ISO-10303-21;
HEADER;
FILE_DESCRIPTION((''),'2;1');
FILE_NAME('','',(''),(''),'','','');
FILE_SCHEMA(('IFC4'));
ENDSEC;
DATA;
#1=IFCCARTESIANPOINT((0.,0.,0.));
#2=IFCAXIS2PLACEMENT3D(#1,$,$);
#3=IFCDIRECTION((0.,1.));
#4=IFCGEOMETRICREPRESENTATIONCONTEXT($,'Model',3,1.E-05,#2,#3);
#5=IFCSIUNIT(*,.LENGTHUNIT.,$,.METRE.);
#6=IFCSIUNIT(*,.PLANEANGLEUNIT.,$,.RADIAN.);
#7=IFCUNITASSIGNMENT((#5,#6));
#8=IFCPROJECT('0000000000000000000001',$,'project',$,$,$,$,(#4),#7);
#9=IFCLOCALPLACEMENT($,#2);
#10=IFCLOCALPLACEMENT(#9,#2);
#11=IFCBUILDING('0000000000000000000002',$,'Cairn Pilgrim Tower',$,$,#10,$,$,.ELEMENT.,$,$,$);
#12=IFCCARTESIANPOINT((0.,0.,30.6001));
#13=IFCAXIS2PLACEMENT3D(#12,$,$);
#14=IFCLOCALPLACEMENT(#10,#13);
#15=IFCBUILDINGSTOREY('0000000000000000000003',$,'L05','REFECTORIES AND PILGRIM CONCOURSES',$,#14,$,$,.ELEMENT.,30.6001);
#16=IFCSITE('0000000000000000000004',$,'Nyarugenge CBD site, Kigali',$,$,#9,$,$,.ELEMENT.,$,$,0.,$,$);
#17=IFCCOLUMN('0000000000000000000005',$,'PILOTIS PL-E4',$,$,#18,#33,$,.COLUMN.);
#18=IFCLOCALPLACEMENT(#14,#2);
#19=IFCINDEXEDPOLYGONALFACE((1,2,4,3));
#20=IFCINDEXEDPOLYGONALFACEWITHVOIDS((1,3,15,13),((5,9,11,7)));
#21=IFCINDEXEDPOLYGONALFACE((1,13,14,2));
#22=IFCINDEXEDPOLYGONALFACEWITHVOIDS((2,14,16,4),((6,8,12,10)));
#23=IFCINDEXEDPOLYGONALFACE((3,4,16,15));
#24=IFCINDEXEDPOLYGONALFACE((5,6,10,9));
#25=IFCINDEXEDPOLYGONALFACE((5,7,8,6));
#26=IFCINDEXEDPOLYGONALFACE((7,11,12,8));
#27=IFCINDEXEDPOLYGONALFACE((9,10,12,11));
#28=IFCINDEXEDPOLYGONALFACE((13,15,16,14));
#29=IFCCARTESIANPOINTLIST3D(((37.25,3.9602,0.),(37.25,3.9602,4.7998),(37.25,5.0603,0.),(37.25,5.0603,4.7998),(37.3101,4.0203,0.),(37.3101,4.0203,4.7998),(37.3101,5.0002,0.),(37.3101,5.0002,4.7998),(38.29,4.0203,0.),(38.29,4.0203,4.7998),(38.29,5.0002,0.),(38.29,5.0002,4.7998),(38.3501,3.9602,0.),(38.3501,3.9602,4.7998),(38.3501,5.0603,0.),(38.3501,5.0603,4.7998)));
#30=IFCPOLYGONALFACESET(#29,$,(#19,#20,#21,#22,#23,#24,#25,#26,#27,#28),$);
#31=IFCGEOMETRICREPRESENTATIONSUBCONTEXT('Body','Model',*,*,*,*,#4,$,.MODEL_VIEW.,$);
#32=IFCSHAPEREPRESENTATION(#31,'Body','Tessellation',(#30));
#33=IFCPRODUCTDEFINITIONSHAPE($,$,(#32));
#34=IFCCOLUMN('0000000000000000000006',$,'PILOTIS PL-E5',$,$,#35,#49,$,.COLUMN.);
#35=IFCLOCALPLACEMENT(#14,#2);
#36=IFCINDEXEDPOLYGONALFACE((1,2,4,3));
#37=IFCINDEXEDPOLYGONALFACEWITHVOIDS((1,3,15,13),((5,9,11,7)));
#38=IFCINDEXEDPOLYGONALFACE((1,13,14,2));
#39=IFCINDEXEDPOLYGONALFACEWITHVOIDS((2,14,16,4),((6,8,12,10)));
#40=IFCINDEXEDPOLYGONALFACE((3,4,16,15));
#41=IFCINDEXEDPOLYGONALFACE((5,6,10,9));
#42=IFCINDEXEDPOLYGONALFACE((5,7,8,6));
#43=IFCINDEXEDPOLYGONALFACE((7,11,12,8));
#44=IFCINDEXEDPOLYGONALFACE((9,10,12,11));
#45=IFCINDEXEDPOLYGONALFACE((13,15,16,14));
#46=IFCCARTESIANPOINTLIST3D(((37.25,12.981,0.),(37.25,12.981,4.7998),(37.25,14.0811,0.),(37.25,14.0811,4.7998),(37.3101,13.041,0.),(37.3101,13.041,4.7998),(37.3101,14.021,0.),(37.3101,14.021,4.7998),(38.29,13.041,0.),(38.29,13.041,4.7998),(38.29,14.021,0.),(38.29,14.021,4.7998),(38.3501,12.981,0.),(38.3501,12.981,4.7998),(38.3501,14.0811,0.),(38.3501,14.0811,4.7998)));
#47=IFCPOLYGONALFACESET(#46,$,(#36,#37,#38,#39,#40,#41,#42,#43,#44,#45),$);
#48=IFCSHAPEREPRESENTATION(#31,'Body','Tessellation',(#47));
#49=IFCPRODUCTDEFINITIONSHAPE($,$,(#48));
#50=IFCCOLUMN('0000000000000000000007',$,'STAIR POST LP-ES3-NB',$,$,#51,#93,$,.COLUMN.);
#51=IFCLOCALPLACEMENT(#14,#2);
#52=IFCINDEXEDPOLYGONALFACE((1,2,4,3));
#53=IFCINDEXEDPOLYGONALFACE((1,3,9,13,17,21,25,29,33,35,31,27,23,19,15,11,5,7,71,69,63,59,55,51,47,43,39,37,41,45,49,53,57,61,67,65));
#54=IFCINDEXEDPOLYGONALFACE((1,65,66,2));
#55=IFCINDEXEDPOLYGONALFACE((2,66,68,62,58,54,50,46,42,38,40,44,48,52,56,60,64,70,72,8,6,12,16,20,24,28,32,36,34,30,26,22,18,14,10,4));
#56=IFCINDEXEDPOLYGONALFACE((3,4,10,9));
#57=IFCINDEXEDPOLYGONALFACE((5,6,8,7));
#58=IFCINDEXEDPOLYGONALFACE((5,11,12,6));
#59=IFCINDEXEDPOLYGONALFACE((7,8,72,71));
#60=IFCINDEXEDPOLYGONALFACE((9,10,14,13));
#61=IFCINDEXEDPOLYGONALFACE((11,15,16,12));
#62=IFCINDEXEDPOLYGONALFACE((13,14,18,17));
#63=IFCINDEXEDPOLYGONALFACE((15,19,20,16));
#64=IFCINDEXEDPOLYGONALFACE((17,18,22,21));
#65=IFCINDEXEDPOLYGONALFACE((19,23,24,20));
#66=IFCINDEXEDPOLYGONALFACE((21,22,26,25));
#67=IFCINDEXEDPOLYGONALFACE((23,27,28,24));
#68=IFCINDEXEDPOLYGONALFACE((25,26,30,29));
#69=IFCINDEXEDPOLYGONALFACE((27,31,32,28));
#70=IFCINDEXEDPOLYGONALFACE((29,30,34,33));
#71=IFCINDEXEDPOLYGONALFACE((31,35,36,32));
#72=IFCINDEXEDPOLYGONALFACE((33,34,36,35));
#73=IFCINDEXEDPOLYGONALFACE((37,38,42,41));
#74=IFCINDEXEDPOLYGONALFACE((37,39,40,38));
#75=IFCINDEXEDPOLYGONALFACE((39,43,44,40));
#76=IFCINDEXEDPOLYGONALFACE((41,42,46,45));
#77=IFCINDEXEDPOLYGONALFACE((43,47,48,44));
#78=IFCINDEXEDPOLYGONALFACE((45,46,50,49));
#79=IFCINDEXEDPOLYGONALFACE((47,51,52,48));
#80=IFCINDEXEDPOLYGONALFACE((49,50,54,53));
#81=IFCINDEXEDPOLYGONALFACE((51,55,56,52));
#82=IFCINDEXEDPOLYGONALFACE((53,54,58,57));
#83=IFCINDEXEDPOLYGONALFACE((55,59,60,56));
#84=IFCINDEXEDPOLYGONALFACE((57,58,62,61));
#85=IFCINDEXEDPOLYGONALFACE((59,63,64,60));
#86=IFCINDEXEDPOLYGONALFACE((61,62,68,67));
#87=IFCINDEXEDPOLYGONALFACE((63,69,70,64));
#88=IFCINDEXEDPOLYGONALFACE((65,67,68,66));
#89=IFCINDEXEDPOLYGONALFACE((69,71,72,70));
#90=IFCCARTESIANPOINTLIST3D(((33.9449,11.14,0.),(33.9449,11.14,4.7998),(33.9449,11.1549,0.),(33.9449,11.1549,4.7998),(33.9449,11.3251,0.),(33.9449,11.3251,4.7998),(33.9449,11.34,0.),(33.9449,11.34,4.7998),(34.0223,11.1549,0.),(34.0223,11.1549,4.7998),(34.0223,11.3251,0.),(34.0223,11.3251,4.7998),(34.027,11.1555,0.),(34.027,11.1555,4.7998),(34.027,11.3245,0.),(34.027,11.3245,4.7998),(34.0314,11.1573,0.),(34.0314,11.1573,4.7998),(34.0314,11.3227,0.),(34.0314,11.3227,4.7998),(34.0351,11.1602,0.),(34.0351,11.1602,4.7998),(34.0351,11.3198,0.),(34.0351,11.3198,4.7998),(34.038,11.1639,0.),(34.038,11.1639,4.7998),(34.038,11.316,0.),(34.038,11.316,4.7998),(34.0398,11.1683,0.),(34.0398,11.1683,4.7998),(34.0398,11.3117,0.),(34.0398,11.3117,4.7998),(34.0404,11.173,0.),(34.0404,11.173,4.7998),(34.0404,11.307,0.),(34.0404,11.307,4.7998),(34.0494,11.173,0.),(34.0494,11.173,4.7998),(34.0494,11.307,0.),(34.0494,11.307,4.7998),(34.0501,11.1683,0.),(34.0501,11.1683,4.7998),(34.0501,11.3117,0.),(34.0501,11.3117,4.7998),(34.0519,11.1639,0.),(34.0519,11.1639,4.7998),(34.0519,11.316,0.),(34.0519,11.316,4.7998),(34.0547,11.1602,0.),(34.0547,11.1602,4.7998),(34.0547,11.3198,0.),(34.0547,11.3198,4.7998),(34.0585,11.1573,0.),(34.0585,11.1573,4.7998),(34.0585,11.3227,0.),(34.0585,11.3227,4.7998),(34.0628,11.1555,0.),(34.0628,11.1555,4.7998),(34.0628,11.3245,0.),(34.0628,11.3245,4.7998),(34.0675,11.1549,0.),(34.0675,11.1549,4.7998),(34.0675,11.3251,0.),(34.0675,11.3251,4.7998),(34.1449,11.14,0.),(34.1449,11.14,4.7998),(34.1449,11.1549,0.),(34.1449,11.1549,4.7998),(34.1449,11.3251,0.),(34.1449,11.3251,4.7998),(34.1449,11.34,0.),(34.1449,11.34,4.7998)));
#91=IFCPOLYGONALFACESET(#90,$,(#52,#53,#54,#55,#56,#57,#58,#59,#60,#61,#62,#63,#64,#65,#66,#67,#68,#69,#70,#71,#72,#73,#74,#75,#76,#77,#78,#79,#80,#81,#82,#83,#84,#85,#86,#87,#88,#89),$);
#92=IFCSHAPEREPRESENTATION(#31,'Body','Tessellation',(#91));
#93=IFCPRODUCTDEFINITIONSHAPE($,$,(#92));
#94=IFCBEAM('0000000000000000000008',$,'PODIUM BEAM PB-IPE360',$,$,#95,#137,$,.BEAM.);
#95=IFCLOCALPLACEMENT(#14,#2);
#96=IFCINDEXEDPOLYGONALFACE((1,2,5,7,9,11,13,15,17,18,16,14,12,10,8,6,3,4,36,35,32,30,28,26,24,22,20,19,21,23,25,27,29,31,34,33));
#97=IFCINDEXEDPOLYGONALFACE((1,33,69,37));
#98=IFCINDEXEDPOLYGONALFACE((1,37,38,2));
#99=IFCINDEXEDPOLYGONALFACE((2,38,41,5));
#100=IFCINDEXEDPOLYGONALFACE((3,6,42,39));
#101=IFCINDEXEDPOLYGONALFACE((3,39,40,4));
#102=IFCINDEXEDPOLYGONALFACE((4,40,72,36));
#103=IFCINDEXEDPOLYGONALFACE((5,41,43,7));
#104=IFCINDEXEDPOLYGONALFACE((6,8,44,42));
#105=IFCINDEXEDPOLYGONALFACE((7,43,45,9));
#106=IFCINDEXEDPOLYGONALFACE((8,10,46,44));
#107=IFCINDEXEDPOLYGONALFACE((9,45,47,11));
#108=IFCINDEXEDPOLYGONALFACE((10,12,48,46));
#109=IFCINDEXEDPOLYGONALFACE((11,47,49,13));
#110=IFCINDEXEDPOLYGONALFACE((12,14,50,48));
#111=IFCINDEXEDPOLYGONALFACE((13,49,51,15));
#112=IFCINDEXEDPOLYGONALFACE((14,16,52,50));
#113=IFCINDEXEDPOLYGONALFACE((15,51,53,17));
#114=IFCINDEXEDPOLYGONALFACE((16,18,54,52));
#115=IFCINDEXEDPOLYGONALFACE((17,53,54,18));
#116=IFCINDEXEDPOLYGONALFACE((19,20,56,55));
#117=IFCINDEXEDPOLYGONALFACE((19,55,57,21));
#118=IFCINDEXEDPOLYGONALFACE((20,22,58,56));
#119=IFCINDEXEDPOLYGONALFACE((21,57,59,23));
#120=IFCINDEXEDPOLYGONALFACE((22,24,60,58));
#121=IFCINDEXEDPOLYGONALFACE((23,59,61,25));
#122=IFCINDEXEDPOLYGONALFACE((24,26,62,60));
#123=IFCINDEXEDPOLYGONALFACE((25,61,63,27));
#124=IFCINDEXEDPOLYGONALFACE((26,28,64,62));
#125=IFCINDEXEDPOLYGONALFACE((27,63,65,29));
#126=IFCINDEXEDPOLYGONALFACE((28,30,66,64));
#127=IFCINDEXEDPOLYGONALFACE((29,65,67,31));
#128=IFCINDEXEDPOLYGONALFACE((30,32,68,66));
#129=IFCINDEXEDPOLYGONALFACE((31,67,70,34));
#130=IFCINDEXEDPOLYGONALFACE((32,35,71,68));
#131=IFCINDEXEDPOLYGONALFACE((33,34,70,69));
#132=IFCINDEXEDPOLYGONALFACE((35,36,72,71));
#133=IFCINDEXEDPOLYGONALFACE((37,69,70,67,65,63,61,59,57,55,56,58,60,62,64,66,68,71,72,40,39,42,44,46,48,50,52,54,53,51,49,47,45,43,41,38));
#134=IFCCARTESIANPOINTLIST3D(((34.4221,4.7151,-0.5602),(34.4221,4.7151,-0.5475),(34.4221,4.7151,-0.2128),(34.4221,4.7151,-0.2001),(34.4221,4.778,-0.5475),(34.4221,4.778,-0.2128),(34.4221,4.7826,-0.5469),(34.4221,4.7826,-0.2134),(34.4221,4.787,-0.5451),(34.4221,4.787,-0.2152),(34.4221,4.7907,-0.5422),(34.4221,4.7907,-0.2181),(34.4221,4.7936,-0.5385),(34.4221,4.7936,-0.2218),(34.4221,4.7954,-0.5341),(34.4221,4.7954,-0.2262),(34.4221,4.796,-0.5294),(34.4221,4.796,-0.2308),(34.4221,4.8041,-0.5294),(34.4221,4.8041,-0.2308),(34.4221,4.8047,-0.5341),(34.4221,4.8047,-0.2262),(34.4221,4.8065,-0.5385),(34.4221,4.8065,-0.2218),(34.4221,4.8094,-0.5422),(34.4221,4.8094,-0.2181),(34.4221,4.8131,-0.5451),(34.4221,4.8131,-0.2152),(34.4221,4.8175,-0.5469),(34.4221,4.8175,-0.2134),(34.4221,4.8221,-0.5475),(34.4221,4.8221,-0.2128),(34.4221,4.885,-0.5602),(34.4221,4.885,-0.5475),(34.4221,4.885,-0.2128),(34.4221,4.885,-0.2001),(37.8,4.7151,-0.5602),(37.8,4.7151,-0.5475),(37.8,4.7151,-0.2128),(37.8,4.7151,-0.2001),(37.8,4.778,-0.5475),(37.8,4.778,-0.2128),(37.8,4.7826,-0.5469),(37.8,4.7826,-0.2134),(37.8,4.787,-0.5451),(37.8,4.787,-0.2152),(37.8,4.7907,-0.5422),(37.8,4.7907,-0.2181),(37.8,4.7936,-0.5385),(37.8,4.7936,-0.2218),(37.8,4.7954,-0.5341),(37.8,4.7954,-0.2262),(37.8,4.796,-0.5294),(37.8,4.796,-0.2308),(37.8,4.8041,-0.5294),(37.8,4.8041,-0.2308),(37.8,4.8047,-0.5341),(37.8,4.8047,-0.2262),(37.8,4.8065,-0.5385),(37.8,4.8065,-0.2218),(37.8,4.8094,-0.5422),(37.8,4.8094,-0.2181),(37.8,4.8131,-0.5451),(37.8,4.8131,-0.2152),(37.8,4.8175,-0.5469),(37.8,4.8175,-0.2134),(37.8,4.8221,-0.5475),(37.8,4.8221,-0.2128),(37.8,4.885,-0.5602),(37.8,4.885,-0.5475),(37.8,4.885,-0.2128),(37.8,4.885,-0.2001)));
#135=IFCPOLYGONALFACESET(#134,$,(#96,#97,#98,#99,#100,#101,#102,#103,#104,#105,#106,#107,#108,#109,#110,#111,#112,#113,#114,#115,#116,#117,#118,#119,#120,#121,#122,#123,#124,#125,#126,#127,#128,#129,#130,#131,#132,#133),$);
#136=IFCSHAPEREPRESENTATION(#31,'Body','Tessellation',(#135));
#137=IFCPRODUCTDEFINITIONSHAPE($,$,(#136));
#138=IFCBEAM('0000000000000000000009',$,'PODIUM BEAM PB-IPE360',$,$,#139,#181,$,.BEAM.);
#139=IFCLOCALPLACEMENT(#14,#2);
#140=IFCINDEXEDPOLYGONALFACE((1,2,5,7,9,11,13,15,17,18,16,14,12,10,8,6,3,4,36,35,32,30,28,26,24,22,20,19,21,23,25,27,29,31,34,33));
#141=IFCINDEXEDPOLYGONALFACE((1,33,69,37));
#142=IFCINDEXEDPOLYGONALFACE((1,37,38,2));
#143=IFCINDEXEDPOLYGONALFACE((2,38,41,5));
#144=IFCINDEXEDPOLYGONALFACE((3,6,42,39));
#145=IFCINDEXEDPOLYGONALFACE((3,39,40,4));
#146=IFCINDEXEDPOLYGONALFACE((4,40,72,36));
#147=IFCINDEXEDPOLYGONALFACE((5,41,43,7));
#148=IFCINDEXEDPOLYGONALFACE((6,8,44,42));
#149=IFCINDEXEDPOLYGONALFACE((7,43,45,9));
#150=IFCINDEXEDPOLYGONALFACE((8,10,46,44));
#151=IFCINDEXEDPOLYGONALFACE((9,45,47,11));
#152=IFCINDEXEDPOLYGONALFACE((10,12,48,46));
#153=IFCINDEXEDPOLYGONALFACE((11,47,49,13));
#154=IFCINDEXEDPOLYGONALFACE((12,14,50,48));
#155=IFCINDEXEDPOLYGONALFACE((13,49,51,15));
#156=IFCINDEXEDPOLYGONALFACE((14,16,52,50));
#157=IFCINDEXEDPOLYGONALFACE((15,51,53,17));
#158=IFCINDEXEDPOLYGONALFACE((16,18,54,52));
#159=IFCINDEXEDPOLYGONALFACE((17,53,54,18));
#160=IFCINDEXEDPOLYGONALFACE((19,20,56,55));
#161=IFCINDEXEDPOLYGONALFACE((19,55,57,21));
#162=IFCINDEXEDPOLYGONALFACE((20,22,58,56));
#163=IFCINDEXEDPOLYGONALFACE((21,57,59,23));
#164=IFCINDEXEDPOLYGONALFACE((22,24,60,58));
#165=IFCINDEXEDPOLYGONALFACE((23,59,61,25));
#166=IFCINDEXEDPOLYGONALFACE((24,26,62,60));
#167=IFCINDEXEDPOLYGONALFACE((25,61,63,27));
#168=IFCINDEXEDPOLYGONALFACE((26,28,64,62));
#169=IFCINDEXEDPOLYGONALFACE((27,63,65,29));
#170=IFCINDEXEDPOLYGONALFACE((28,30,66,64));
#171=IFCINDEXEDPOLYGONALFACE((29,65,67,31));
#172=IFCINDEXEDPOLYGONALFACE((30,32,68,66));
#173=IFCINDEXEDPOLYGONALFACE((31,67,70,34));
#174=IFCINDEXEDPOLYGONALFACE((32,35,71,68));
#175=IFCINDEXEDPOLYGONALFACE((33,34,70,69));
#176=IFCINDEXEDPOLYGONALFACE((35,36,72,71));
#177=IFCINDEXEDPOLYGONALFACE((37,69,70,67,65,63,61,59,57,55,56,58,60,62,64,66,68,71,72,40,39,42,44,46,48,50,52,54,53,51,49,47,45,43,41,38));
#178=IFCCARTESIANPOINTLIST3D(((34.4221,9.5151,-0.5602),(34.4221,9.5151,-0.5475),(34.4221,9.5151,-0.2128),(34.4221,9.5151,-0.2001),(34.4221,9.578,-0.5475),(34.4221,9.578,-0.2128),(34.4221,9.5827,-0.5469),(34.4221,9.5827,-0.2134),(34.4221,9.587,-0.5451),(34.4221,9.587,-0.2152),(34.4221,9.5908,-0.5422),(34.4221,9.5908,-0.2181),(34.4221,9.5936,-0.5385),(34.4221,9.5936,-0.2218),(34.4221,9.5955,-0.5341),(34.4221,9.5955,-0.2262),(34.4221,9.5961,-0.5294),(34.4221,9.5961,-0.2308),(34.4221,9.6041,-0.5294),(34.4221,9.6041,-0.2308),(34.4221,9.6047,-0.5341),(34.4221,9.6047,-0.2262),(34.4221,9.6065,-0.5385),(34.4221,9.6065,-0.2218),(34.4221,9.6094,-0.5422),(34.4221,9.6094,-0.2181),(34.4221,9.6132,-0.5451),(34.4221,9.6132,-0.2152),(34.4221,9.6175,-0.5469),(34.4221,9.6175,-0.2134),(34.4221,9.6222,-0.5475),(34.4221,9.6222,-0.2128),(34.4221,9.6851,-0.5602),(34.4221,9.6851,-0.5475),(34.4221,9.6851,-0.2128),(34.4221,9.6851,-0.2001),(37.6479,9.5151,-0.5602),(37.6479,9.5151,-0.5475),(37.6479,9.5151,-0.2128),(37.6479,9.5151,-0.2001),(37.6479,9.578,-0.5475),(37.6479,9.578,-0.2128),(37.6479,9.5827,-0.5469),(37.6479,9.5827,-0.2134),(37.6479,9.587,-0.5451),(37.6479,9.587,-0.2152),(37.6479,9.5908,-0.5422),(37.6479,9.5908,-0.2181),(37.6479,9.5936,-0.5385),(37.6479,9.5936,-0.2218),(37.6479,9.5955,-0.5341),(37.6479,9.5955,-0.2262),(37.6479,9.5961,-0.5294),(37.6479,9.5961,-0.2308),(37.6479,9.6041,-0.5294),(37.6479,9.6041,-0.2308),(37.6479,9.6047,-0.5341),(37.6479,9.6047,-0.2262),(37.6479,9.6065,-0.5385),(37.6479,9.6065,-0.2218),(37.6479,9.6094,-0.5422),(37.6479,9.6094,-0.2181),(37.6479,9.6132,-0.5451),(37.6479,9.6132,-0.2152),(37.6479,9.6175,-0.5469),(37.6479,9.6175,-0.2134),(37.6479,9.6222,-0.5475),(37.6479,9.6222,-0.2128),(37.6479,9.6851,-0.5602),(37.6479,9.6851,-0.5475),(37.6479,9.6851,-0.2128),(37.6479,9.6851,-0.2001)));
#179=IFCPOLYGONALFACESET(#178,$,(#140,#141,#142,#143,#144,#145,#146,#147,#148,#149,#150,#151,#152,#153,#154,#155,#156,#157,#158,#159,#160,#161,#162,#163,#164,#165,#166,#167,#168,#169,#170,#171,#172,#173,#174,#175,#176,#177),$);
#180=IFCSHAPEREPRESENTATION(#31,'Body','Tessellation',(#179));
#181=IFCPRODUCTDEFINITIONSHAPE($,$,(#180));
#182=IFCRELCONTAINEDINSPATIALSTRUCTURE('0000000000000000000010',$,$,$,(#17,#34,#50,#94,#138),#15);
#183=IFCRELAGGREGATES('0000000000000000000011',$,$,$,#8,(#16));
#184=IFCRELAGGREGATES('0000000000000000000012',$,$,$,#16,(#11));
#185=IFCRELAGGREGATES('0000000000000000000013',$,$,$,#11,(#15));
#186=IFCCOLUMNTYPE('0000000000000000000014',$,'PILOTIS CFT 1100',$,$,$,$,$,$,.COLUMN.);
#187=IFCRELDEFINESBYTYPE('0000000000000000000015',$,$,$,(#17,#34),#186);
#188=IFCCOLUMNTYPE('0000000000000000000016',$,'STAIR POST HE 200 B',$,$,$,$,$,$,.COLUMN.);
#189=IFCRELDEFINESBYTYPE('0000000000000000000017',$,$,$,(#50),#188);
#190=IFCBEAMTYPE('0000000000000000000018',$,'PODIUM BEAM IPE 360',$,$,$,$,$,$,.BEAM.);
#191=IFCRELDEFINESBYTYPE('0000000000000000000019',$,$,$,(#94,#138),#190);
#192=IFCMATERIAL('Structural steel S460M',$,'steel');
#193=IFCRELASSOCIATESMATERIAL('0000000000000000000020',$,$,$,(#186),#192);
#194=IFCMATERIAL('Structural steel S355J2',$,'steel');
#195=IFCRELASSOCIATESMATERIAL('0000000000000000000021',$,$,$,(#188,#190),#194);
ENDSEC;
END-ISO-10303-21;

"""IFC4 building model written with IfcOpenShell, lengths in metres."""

from ifc_helpers import new_model, si_unit, direction, frame, origin, origin_2d, place, context, subcontext, project, spatial, hollow_rectangle, i_section, extrude, material, material_profile, profile_set, type_object, element, save


model = new_model("IFC4")

# Units and contexts
model_context = context("Model", 3, precision=1e-05, world=origin(), true_north=direction((0.0, 1.0)))
body_context = subcontext(model_context, "Body", "Model", "MODEL_VIEW")
ifc_project = project(units=[si_unit("LENGTHUNIT", "METRE"), si_unit("PLANEANGLEUNIT", "RADIAN")], contexts=[model_context])

# Site, building, storey
site_placement = place(None, origin())
site = spatial("IfcSite", under=ifc_project, at=site_placement, Name="Nyarugenge CBD site, Kigali", CompositionType="ELEMENT", RefElevation=0.0)
building_placement = place(site_placement, origin())
building = spatial("IfcBuilding", under=site, at=building_placement, Name="Cairn Pilgrim Tower", CompositionType="ELEMENT")
storey_placement = place(building_placement, frame((0.0, 0.0, 30.6001)))
storey = spatial("IfcBuildingStorey", under=building, at=storey_placement, Name="L05", Description="REFECTORIES AND PILGRIM CONCOURSES", CompositionType="ELEMENT", Elevation=30.6001)

# Columns
ifc_material_1 = material(Name="Structural steel S460M", Category="steel")
ifc_material_profile_1 = material_profile(ifc_material_1, hollow_rectangle(XDim=1.1001, YDim=1.1001, WallThickness=0.0601, at=origin_2d()), Name="BOX 1100x1100x60")
ifc_profile_set_1 = profile_set([ifc_material_profile_1], Name="Structural steel S460M")
column_type_1 = type_object("IfcColumnType", Name="PILOTIS CFT 1100", PredefinedType="COLUMN", material=ifc_profile_set_1)
for number, where, z_axis, x_axis, name in (
    (1, (37.8, 4.5103, 0.0), (0.0, 0.0, 1.0), (1.0, 0.0, 0.0), "PILOTIS PL-E4"),
    (2, (37.8, 13.531, 0.0), (0.0, 0.0, 1.0), (1.0, 0.0, 0.0), "PILOTIS PL-E5"),
):
    element("IfcColumn", number, at=place(storey_placement, frame(where, z_axis=z_axis, x_axis=x_axis)), inside=storey, type_object=column_type_1, Name=name, PredefinedType="COLUMN", context=body_context, shape_type="SweptSolid", body=[
        extrude(hollow_rectangle(XDim=1.1001, YDim=1.1001, WallThickness=0.0601, at=origin_2d()), origin(), (0.0, 0.0, 1.0), 4.7998),
    ])
ifc_material_2 = material(Name="Structural steel S355J2", Category="steel")
ifc_material_profile_2 = material_profile(ifc_material_2, i_section(OverallWidth=0.2, OverallDepth=0.2, WebThickness=0.009, FlangeThickness=0.0149, FilletRadius=0.0181, at=origin_2d()), Name="HE 200 B")
ifc_profile_set_2 = profile_set([ifc_material_profile_2], Name="Structural steel S355J2")
column_type_2 = type_object("IfcColumnType", Name="STAIR POST HE 200 B", PredefinedType="COLUMN", material=ifc_profile_set_2)
column_placement = place(storey_placement, frame((34.0449, 11.24, 0.0), z_axis=(0.0, 0.0, 1.0), x_axis=(1.0, 0.0, 0.0)))
element("IfcColumn", 3, at=column_placement, inside=storey, type_object=column_type_2, Name="STAIR POST LP-ES3-NB", PredefinedType="COLUMN", context=body_context, shape_type="SweptSolid", body=[
    extrude(i_section(OverallWidth=0.2, OverallDepth=0.2, WebThickness=0.009, FlangeThickness=0.0149, FilletRadius=0.0181, at=origin_2d()), origin(), (0.0, 0.0, 1.0), 4.7998),
])

# Beams
ifc_material_profile_3 = material_profile(ifc_material_2, i_section(OverallWidth=0.1699, OverallDepth=0.3601, WebThickness=0.0081, FlangeThickness=0.0127, FilletRadius=0.0181, at=origin_2d()), Name="IPE 360")
ifc_profile_set_3 = profile_set([ifc_material_profile_3], Name="Structural steel S355J2")
beam_type_1 = type_object("IfcBeamType", Name="PODIUM BEAM IPE 360", PredefinedType="BEAM", material=ifc_profile_set_3)
beam_1_placement = place(storey_placement, frame((34.4221, 4.8, -0.3801), z_axis=(1.0, 0.0, 0.0), x_axis=(0.0, 1.0, 0.0)))
element("IfcBeam", 4, at=beam_1_placement, inside=storey, type_object=beam_type_1, Name="PODIUM BEAM PB-IPE360", PredefinedType="BEAM", context=body_context, shape_type="SweptSolid", body=[
    extrude(i_section(OverallWidth=0.1699, OverallDepth=0.3601, WebThickness=0.0081, FlangeThickness=0.0127, FilletRadius=0.0181, at=origin_2d()), origin(), (0.0, 0.0, 1.0), 3.3779),
])
beam_2_placement = place(storey_placement, frame((34.4221, 9.6001, -0.3801), z_axis=(1.0, 0.0, 0.0), x_axis=(0.0, 1.0, 0.0)))
element("IfcBeam", 5, at=beam_2_placement, inside=storey, type_object=beam_type_1, Name="PODIUM BEAM PB-IPE360", PredefinedType="BEAM", context=body_context, shape_type="SweptSolid", body=[
    extrude(i_section(OverallWidth=0.1699, OverallDepth=0.3601, WebThickness=0.0081, FlangeThickness=0.0127, FilletRadius=0.0181, at=origin_2d()), origin(), (0.0, 0.0, 1.0), 3.2258),
])

save(model, "model.ifc")
